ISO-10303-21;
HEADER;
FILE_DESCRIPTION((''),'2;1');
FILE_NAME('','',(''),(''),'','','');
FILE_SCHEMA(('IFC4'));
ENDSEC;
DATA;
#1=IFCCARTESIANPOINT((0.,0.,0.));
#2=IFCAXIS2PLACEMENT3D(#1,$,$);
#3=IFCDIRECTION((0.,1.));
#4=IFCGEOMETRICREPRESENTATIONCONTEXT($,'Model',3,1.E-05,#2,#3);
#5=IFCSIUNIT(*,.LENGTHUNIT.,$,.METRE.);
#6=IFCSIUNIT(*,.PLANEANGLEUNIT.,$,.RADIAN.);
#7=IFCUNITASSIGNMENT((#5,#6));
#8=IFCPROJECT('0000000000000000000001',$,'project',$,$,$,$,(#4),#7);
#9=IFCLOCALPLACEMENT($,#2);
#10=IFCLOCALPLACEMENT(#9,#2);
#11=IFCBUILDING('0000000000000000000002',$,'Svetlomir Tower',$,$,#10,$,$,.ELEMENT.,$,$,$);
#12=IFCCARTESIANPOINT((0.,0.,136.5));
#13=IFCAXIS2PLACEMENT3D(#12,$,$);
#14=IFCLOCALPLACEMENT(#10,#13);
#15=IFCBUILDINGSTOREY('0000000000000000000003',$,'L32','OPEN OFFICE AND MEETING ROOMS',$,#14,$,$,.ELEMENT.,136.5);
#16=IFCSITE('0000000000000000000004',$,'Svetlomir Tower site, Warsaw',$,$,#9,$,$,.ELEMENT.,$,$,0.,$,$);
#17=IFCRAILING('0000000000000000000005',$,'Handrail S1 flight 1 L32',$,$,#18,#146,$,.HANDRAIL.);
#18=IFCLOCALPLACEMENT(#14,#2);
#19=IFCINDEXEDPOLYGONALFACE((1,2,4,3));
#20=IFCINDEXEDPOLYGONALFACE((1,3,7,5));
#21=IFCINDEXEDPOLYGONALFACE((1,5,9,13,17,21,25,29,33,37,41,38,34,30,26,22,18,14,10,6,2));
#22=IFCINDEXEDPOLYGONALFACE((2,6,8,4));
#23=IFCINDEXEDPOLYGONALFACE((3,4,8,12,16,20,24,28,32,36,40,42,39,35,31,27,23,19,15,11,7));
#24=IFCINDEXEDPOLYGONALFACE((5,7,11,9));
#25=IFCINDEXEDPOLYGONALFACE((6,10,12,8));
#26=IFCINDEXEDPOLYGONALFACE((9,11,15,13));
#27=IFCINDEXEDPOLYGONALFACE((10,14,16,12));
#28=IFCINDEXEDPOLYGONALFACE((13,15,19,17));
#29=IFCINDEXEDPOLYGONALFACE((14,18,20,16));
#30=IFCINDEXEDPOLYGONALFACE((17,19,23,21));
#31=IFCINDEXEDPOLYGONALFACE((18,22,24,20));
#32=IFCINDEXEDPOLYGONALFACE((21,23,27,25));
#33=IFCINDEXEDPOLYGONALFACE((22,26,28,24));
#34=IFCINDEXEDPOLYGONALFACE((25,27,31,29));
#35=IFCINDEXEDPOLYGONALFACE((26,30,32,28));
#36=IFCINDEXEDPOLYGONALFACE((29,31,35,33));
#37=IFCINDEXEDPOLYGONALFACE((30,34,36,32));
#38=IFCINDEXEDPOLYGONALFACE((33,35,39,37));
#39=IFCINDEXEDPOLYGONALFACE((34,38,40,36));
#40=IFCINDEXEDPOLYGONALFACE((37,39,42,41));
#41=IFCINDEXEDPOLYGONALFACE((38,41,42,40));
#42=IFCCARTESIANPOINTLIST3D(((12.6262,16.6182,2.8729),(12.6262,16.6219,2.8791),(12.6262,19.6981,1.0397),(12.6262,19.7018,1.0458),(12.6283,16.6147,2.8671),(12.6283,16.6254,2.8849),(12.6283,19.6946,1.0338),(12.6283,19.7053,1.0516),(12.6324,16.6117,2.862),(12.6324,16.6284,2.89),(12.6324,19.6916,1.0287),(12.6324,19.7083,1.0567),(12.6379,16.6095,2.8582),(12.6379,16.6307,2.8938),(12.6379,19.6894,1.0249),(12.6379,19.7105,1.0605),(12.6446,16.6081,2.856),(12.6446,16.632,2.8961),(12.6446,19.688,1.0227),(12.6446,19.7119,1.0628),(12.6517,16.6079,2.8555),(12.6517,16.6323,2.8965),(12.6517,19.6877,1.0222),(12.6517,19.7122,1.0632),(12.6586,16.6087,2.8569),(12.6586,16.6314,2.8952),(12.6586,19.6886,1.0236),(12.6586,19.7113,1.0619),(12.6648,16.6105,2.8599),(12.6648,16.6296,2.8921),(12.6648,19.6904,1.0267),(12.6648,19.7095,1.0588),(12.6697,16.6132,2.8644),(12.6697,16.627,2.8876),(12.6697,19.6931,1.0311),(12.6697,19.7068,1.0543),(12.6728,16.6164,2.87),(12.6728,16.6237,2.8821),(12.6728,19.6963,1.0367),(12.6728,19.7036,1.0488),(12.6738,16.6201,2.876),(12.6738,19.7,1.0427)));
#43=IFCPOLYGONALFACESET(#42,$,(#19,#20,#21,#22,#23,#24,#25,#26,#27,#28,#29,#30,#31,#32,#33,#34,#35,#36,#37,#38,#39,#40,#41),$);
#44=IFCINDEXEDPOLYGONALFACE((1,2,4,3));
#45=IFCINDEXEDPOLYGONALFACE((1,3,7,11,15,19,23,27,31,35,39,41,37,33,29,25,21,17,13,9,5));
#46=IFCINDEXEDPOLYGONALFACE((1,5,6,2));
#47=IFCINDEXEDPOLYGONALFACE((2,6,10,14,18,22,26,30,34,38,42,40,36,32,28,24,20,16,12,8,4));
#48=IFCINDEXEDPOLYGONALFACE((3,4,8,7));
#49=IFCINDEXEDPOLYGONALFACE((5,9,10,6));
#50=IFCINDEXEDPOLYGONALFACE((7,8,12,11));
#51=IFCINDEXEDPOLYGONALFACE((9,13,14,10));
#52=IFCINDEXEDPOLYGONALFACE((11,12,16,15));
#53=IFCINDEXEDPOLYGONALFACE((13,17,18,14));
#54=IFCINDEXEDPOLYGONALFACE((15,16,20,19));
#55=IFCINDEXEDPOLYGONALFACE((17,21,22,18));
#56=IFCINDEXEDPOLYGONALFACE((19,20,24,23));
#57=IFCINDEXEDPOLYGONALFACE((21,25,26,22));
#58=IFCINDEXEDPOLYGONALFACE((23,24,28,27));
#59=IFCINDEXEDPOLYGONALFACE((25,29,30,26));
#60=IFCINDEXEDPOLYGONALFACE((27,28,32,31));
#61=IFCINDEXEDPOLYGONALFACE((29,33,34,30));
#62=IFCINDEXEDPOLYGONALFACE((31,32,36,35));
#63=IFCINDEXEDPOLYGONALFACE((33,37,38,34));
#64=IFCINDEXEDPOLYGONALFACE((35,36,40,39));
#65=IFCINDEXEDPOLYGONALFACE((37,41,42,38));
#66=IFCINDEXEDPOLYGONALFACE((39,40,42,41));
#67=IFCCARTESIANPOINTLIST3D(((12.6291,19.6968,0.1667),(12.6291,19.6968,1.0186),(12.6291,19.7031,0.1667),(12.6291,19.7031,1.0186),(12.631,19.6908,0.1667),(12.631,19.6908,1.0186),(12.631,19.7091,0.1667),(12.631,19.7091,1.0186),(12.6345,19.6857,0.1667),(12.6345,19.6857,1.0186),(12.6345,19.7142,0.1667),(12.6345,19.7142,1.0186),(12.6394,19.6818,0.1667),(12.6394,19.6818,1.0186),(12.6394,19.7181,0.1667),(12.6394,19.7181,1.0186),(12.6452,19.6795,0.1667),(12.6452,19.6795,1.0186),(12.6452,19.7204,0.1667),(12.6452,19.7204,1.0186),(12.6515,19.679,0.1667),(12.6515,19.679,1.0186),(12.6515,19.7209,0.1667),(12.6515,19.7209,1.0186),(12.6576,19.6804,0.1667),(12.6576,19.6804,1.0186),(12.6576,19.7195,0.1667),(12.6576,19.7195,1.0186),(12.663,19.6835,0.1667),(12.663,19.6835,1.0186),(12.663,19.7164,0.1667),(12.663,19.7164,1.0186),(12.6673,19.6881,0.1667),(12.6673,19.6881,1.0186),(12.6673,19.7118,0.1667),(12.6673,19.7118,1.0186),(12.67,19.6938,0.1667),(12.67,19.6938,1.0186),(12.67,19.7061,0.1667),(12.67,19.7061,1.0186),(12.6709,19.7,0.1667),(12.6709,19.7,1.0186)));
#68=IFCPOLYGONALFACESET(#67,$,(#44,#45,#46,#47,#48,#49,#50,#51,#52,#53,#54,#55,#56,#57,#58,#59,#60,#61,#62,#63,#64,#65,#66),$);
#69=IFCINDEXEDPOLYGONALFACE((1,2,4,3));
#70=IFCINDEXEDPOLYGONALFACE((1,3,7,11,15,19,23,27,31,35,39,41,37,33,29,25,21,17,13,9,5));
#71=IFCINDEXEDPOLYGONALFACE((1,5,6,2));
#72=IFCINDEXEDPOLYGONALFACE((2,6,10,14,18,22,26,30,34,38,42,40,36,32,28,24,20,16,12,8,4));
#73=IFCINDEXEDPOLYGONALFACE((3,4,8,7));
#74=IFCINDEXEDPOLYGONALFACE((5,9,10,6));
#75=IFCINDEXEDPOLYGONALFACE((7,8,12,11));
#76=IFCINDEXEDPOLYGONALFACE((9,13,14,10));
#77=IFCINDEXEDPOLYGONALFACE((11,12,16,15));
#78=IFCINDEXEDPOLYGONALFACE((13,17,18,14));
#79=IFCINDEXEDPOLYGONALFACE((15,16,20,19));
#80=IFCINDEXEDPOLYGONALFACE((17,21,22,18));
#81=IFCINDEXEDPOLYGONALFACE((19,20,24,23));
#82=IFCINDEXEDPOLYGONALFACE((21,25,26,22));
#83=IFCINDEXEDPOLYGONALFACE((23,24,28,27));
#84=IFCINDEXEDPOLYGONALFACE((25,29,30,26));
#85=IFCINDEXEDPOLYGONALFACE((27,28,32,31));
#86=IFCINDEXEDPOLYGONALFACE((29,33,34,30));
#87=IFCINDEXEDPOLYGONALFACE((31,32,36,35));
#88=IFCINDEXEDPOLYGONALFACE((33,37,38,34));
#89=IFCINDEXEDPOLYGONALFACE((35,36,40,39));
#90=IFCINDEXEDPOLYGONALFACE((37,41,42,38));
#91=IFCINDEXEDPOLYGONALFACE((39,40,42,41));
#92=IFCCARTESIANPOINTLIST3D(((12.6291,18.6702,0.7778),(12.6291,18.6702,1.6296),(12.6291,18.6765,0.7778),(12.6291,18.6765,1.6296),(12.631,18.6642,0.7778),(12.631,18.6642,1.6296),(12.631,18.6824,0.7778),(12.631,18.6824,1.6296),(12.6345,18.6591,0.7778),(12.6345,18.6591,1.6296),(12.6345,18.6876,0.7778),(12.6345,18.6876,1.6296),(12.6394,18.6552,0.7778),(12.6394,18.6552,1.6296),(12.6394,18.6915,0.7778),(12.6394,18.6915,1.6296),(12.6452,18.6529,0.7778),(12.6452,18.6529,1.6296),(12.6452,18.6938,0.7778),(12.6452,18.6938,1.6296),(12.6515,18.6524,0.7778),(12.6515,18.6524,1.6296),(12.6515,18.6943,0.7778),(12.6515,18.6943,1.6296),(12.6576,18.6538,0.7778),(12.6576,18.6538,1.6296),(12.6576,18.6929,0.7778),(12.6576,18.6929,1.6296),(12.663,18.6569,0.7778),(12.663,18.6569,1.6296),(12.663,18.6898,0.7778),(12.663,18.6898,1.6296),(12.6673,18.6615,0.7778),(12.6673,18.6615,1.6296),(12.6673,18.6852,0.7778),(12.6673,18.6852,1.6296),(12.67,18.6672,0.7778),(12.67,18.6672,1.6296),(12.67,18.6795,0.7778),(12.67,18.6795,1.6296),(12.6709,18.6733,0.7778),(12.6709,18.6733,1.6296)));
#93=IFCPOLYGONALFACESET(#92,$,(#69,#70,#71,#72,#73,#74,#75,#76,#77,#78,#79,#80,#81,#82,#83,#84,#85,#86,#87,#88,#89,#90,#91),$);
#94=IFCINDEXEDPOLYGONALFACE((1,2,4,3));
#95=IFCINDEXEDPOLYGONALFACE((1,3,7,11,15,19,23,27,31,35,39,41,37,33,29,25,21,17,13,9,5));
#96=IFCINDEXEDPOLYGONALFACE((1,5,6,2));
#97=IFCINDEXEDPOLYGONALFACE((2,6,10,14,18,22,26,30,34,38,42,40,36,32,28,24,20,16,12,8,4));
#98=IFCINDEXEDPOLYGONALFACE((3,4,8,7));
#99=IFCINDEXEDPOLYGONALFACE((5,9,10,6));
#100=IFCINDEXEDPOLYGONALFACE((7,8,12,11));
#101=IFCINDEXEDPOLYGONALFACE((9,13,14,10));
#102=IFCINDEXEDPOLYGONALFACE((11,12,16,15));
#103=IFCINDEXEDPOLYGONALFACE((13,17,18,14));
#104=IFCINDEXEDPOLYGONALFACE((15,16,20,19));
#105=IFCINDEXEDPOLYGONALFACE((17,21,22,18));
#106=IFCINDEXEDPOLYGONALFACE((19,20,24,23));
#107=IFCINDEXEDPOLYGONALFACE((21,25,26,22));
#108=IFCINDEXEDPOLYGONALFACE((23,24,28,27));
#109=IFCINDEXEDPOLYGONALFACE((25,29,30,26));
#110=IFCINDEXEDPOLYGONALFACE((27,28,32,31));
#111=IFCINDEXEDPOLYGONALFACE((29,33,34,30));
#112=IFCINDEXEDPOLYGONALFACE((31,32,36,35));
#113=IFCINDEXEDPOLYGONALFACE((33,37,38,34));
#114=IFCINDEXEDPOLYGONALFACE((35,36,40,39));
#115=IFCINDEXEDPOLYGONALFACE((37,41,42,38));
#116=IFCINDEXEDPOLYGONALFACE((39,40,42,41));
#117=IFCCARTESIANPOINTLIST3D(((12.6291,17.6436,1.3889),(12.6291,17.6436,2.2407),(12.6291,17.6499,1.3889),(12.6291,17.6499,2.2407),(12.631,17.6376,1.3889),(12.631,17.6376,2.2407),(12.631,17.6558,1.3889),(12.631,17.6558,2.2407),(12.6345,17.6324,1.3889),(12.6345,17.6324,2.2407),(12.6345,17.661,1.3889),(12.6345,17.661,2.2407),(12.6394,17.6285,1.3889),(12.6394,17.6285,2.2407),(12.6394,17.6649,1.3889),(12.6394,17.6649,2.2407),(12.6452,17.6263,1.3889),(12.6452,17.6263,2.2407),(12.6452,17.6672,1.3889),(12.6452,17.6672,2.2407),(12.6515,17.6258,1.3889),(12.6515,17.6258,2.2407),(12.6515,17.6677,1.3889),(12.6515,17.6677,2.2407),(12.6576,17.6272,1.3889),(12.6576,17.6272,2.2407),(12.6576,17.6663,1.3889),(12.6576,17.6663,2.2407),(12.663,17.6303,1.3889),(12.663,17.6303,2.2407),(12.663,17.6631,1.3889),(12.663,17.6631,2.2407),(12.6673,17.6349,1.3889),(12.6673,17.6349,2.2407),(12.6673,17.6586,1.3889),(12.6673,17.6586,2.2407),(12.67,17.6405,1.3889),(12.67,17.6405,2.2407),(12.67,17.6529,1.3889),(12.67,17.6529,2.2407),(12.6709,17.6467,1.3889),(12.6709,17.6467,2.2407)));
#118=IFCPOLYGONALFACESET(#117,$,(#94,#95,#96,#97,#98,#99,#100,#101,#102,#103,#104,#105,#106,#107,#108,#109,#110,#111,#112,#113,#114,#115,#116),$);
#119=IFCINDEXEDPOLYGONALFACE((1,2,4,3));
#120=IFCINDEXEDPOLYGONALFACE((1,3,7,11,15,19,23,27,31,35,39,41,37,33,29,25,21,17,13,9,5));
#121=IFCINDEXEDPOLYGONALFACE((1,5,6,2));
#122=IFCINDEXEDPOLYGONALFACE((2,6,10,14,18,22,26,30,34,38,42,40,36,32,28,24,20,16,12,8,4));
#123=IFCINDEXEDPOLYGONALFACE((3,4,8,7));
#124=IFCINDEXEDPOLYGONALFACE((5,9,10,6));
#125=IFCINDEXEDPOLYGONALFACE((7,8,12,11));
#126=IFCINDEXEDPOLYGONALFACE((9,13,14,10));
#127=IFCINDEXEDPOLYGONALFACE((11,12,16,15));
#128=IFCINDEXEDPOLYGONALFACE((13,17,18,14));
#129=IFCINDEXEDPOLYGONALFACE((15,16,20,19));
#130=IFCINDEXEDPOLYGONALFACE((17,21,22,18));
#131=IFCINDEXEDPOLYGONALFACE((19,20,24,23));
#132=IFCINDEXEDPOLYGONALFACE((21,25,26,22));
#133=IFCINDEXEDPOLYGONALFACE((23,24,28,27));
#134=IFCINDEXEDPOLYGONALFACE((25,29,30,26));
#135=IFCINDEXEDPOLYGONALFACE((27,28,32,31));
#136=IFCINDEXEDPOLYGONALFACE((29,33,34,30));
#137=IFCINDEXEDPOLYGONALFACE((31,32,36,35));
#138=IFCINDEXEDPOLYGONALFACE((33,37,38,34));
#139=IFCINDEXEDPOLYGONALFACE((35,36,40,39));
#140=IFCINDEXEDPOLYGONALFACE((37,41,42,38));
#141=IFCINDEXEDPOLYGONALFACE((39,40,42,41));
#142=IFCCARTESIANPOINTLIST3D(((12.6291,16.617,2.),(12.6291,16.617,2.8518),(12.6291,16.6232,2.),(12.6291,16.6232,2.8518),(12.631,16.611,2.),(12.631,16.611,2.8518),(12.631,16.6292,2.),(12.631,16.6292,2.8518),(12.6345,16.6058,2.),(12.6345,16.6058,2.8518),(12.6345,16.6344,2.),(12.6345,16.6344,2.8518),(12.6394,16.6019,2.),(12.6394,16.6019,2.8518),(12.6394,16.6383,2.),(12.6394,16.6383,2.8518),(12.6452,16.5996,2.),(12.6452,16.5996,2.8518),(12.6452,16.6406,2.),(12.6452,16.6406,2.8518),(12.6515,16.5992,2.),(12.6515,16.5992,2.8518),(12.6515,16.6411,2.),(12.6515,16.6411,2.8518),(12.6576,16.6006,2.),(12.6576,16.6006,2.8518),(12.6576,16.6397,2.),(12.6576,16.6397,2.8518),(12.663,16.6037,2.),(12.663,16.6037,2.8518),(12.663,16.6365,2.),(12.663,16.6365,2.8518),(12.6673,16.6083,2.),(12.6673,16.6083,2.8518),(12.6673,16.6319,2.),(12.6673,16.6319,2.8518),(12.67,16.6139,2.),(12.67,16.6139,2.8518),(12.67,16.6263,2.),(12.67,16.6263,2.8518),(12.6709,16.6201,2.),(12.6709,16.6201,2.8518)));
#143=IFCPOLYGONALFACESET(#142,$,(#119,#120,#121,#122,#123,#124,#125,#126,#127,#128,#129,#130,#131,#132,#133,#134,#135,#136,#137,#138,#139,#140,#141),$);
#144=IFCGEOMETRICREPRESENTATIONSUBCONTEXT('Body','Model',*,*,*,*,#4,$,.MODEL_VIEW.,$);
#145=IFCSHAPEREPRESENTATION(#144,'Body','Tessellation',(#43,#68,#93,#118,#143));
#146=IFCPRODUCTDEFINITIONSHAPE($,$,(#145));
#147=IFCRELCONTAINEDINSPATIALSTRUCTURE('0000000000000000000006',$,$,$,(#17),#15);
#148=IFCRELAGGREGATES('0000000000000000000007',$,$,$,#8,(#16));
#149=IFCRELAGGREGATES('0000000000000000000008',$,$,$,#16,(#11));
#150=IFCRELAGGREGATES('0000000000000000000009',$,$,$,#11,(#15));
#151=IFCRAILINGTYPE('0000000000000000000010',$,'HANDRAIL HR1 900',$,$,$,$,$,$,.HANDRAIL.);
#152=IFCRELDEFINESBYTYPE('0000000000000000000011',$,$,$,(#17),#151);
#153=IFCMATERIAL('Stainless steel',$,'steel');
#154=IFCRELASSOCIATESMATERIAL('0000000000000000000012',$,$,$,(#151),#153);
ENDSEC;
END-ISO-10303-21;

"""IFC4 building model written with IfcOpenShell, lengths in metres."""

from ifc_helpers import new_model, si_unit, direction, frame, origin, origin_2d, place, context, subcontext, project, spatial, circle, extrude, material, type_object, element, save


model = new_model("IFC4")

# Units and contexts
model_context = context("Model", 3, precision=1e-05, world=origin(), true_north=direction((0.0, 1.0)))
body_context = subcontext(model_context, "Body", "Model", "MODEL_VIEW")
ifc_project = project(units=[si_unit("LENGTHUNIT", "METRE"), si_unit("PLANEANGLEUNIT", "RADIAN")], contexts=[model_context])

# Site, building, storey
site_placement = place(None, origin())
site = spatial("IfcSite", under=ifc_project, at=site_placement, Name="Svetlomir Tower site, Warsaw", CompositionType="ELEMENT", RefElevation=0.0)
building_placement = place(site_placement, origin())
building = spatial("IfcBuilding", under=site, at=building_placement, Name="Svetlomir Tower", CompositionType="ELEMENT")
storey_placement = place(building_placement, frame((0.0, 0.0, 136.5)))
storey = spatial("IfcBuildingStorey", under=building, at=storey_placement, Name="L32", Description="OPEN OFFICE AND MEETING ROOMS", CompositionType="ELEMENT", Elevation=136.5)

# Railing
ifc_material_1 = material(Name="Stainless steel", Category="steel")
railing_type = type_object("IfcRailingType", Name="HANDRAIL HR1 900", PredefinedType="HANDRAIL", material=ifc_material_1)
railing_placement = place(storey_placement, frame((12.6499, 19.7, 0.1667)))
element("IfcRailing", 1, at=railing_placement, inside=storey, type_object=railing_type, Name="Handrail S1 flight 1 L32", PredefinedType="HANDRAIL", context=body_context, shape_type="SweptSolid", body=[
    extrude(circle(Radius=0.0239, at=origin_2d()), frame((0.0, 0.0, 0.876), z_axis=(0.0, -0.859291, 0.511487), x_axis=(1.0, 0.0, 0.0)), (0.0, 0.0, 1.0), 3.5842),
    extrude(circle(Radius=0.021, at=origin_2d()), origin(), (0.0, 0.0, 1.0), 0.8518),
    extrude(circle(Radius=0.021, at=origin_2d()), frame((0.0, -1.0266, 0.6111)), (0.0, 0.0, 1.0), 0.8518),
    extrude(circle(Radius=0.021, at=origin_2d()), frame((0.0, -2.0532, 1.2222)), (0.0, 0.0, 1.0), 0.8518),
    extrude(circle(Radius=0.021, at=origin_2d()), frame((0.0, -3.0798, 1.8333)), (0.0, 0.0, 1.0), 0.8518),
])

save(model, "model.ifc")
